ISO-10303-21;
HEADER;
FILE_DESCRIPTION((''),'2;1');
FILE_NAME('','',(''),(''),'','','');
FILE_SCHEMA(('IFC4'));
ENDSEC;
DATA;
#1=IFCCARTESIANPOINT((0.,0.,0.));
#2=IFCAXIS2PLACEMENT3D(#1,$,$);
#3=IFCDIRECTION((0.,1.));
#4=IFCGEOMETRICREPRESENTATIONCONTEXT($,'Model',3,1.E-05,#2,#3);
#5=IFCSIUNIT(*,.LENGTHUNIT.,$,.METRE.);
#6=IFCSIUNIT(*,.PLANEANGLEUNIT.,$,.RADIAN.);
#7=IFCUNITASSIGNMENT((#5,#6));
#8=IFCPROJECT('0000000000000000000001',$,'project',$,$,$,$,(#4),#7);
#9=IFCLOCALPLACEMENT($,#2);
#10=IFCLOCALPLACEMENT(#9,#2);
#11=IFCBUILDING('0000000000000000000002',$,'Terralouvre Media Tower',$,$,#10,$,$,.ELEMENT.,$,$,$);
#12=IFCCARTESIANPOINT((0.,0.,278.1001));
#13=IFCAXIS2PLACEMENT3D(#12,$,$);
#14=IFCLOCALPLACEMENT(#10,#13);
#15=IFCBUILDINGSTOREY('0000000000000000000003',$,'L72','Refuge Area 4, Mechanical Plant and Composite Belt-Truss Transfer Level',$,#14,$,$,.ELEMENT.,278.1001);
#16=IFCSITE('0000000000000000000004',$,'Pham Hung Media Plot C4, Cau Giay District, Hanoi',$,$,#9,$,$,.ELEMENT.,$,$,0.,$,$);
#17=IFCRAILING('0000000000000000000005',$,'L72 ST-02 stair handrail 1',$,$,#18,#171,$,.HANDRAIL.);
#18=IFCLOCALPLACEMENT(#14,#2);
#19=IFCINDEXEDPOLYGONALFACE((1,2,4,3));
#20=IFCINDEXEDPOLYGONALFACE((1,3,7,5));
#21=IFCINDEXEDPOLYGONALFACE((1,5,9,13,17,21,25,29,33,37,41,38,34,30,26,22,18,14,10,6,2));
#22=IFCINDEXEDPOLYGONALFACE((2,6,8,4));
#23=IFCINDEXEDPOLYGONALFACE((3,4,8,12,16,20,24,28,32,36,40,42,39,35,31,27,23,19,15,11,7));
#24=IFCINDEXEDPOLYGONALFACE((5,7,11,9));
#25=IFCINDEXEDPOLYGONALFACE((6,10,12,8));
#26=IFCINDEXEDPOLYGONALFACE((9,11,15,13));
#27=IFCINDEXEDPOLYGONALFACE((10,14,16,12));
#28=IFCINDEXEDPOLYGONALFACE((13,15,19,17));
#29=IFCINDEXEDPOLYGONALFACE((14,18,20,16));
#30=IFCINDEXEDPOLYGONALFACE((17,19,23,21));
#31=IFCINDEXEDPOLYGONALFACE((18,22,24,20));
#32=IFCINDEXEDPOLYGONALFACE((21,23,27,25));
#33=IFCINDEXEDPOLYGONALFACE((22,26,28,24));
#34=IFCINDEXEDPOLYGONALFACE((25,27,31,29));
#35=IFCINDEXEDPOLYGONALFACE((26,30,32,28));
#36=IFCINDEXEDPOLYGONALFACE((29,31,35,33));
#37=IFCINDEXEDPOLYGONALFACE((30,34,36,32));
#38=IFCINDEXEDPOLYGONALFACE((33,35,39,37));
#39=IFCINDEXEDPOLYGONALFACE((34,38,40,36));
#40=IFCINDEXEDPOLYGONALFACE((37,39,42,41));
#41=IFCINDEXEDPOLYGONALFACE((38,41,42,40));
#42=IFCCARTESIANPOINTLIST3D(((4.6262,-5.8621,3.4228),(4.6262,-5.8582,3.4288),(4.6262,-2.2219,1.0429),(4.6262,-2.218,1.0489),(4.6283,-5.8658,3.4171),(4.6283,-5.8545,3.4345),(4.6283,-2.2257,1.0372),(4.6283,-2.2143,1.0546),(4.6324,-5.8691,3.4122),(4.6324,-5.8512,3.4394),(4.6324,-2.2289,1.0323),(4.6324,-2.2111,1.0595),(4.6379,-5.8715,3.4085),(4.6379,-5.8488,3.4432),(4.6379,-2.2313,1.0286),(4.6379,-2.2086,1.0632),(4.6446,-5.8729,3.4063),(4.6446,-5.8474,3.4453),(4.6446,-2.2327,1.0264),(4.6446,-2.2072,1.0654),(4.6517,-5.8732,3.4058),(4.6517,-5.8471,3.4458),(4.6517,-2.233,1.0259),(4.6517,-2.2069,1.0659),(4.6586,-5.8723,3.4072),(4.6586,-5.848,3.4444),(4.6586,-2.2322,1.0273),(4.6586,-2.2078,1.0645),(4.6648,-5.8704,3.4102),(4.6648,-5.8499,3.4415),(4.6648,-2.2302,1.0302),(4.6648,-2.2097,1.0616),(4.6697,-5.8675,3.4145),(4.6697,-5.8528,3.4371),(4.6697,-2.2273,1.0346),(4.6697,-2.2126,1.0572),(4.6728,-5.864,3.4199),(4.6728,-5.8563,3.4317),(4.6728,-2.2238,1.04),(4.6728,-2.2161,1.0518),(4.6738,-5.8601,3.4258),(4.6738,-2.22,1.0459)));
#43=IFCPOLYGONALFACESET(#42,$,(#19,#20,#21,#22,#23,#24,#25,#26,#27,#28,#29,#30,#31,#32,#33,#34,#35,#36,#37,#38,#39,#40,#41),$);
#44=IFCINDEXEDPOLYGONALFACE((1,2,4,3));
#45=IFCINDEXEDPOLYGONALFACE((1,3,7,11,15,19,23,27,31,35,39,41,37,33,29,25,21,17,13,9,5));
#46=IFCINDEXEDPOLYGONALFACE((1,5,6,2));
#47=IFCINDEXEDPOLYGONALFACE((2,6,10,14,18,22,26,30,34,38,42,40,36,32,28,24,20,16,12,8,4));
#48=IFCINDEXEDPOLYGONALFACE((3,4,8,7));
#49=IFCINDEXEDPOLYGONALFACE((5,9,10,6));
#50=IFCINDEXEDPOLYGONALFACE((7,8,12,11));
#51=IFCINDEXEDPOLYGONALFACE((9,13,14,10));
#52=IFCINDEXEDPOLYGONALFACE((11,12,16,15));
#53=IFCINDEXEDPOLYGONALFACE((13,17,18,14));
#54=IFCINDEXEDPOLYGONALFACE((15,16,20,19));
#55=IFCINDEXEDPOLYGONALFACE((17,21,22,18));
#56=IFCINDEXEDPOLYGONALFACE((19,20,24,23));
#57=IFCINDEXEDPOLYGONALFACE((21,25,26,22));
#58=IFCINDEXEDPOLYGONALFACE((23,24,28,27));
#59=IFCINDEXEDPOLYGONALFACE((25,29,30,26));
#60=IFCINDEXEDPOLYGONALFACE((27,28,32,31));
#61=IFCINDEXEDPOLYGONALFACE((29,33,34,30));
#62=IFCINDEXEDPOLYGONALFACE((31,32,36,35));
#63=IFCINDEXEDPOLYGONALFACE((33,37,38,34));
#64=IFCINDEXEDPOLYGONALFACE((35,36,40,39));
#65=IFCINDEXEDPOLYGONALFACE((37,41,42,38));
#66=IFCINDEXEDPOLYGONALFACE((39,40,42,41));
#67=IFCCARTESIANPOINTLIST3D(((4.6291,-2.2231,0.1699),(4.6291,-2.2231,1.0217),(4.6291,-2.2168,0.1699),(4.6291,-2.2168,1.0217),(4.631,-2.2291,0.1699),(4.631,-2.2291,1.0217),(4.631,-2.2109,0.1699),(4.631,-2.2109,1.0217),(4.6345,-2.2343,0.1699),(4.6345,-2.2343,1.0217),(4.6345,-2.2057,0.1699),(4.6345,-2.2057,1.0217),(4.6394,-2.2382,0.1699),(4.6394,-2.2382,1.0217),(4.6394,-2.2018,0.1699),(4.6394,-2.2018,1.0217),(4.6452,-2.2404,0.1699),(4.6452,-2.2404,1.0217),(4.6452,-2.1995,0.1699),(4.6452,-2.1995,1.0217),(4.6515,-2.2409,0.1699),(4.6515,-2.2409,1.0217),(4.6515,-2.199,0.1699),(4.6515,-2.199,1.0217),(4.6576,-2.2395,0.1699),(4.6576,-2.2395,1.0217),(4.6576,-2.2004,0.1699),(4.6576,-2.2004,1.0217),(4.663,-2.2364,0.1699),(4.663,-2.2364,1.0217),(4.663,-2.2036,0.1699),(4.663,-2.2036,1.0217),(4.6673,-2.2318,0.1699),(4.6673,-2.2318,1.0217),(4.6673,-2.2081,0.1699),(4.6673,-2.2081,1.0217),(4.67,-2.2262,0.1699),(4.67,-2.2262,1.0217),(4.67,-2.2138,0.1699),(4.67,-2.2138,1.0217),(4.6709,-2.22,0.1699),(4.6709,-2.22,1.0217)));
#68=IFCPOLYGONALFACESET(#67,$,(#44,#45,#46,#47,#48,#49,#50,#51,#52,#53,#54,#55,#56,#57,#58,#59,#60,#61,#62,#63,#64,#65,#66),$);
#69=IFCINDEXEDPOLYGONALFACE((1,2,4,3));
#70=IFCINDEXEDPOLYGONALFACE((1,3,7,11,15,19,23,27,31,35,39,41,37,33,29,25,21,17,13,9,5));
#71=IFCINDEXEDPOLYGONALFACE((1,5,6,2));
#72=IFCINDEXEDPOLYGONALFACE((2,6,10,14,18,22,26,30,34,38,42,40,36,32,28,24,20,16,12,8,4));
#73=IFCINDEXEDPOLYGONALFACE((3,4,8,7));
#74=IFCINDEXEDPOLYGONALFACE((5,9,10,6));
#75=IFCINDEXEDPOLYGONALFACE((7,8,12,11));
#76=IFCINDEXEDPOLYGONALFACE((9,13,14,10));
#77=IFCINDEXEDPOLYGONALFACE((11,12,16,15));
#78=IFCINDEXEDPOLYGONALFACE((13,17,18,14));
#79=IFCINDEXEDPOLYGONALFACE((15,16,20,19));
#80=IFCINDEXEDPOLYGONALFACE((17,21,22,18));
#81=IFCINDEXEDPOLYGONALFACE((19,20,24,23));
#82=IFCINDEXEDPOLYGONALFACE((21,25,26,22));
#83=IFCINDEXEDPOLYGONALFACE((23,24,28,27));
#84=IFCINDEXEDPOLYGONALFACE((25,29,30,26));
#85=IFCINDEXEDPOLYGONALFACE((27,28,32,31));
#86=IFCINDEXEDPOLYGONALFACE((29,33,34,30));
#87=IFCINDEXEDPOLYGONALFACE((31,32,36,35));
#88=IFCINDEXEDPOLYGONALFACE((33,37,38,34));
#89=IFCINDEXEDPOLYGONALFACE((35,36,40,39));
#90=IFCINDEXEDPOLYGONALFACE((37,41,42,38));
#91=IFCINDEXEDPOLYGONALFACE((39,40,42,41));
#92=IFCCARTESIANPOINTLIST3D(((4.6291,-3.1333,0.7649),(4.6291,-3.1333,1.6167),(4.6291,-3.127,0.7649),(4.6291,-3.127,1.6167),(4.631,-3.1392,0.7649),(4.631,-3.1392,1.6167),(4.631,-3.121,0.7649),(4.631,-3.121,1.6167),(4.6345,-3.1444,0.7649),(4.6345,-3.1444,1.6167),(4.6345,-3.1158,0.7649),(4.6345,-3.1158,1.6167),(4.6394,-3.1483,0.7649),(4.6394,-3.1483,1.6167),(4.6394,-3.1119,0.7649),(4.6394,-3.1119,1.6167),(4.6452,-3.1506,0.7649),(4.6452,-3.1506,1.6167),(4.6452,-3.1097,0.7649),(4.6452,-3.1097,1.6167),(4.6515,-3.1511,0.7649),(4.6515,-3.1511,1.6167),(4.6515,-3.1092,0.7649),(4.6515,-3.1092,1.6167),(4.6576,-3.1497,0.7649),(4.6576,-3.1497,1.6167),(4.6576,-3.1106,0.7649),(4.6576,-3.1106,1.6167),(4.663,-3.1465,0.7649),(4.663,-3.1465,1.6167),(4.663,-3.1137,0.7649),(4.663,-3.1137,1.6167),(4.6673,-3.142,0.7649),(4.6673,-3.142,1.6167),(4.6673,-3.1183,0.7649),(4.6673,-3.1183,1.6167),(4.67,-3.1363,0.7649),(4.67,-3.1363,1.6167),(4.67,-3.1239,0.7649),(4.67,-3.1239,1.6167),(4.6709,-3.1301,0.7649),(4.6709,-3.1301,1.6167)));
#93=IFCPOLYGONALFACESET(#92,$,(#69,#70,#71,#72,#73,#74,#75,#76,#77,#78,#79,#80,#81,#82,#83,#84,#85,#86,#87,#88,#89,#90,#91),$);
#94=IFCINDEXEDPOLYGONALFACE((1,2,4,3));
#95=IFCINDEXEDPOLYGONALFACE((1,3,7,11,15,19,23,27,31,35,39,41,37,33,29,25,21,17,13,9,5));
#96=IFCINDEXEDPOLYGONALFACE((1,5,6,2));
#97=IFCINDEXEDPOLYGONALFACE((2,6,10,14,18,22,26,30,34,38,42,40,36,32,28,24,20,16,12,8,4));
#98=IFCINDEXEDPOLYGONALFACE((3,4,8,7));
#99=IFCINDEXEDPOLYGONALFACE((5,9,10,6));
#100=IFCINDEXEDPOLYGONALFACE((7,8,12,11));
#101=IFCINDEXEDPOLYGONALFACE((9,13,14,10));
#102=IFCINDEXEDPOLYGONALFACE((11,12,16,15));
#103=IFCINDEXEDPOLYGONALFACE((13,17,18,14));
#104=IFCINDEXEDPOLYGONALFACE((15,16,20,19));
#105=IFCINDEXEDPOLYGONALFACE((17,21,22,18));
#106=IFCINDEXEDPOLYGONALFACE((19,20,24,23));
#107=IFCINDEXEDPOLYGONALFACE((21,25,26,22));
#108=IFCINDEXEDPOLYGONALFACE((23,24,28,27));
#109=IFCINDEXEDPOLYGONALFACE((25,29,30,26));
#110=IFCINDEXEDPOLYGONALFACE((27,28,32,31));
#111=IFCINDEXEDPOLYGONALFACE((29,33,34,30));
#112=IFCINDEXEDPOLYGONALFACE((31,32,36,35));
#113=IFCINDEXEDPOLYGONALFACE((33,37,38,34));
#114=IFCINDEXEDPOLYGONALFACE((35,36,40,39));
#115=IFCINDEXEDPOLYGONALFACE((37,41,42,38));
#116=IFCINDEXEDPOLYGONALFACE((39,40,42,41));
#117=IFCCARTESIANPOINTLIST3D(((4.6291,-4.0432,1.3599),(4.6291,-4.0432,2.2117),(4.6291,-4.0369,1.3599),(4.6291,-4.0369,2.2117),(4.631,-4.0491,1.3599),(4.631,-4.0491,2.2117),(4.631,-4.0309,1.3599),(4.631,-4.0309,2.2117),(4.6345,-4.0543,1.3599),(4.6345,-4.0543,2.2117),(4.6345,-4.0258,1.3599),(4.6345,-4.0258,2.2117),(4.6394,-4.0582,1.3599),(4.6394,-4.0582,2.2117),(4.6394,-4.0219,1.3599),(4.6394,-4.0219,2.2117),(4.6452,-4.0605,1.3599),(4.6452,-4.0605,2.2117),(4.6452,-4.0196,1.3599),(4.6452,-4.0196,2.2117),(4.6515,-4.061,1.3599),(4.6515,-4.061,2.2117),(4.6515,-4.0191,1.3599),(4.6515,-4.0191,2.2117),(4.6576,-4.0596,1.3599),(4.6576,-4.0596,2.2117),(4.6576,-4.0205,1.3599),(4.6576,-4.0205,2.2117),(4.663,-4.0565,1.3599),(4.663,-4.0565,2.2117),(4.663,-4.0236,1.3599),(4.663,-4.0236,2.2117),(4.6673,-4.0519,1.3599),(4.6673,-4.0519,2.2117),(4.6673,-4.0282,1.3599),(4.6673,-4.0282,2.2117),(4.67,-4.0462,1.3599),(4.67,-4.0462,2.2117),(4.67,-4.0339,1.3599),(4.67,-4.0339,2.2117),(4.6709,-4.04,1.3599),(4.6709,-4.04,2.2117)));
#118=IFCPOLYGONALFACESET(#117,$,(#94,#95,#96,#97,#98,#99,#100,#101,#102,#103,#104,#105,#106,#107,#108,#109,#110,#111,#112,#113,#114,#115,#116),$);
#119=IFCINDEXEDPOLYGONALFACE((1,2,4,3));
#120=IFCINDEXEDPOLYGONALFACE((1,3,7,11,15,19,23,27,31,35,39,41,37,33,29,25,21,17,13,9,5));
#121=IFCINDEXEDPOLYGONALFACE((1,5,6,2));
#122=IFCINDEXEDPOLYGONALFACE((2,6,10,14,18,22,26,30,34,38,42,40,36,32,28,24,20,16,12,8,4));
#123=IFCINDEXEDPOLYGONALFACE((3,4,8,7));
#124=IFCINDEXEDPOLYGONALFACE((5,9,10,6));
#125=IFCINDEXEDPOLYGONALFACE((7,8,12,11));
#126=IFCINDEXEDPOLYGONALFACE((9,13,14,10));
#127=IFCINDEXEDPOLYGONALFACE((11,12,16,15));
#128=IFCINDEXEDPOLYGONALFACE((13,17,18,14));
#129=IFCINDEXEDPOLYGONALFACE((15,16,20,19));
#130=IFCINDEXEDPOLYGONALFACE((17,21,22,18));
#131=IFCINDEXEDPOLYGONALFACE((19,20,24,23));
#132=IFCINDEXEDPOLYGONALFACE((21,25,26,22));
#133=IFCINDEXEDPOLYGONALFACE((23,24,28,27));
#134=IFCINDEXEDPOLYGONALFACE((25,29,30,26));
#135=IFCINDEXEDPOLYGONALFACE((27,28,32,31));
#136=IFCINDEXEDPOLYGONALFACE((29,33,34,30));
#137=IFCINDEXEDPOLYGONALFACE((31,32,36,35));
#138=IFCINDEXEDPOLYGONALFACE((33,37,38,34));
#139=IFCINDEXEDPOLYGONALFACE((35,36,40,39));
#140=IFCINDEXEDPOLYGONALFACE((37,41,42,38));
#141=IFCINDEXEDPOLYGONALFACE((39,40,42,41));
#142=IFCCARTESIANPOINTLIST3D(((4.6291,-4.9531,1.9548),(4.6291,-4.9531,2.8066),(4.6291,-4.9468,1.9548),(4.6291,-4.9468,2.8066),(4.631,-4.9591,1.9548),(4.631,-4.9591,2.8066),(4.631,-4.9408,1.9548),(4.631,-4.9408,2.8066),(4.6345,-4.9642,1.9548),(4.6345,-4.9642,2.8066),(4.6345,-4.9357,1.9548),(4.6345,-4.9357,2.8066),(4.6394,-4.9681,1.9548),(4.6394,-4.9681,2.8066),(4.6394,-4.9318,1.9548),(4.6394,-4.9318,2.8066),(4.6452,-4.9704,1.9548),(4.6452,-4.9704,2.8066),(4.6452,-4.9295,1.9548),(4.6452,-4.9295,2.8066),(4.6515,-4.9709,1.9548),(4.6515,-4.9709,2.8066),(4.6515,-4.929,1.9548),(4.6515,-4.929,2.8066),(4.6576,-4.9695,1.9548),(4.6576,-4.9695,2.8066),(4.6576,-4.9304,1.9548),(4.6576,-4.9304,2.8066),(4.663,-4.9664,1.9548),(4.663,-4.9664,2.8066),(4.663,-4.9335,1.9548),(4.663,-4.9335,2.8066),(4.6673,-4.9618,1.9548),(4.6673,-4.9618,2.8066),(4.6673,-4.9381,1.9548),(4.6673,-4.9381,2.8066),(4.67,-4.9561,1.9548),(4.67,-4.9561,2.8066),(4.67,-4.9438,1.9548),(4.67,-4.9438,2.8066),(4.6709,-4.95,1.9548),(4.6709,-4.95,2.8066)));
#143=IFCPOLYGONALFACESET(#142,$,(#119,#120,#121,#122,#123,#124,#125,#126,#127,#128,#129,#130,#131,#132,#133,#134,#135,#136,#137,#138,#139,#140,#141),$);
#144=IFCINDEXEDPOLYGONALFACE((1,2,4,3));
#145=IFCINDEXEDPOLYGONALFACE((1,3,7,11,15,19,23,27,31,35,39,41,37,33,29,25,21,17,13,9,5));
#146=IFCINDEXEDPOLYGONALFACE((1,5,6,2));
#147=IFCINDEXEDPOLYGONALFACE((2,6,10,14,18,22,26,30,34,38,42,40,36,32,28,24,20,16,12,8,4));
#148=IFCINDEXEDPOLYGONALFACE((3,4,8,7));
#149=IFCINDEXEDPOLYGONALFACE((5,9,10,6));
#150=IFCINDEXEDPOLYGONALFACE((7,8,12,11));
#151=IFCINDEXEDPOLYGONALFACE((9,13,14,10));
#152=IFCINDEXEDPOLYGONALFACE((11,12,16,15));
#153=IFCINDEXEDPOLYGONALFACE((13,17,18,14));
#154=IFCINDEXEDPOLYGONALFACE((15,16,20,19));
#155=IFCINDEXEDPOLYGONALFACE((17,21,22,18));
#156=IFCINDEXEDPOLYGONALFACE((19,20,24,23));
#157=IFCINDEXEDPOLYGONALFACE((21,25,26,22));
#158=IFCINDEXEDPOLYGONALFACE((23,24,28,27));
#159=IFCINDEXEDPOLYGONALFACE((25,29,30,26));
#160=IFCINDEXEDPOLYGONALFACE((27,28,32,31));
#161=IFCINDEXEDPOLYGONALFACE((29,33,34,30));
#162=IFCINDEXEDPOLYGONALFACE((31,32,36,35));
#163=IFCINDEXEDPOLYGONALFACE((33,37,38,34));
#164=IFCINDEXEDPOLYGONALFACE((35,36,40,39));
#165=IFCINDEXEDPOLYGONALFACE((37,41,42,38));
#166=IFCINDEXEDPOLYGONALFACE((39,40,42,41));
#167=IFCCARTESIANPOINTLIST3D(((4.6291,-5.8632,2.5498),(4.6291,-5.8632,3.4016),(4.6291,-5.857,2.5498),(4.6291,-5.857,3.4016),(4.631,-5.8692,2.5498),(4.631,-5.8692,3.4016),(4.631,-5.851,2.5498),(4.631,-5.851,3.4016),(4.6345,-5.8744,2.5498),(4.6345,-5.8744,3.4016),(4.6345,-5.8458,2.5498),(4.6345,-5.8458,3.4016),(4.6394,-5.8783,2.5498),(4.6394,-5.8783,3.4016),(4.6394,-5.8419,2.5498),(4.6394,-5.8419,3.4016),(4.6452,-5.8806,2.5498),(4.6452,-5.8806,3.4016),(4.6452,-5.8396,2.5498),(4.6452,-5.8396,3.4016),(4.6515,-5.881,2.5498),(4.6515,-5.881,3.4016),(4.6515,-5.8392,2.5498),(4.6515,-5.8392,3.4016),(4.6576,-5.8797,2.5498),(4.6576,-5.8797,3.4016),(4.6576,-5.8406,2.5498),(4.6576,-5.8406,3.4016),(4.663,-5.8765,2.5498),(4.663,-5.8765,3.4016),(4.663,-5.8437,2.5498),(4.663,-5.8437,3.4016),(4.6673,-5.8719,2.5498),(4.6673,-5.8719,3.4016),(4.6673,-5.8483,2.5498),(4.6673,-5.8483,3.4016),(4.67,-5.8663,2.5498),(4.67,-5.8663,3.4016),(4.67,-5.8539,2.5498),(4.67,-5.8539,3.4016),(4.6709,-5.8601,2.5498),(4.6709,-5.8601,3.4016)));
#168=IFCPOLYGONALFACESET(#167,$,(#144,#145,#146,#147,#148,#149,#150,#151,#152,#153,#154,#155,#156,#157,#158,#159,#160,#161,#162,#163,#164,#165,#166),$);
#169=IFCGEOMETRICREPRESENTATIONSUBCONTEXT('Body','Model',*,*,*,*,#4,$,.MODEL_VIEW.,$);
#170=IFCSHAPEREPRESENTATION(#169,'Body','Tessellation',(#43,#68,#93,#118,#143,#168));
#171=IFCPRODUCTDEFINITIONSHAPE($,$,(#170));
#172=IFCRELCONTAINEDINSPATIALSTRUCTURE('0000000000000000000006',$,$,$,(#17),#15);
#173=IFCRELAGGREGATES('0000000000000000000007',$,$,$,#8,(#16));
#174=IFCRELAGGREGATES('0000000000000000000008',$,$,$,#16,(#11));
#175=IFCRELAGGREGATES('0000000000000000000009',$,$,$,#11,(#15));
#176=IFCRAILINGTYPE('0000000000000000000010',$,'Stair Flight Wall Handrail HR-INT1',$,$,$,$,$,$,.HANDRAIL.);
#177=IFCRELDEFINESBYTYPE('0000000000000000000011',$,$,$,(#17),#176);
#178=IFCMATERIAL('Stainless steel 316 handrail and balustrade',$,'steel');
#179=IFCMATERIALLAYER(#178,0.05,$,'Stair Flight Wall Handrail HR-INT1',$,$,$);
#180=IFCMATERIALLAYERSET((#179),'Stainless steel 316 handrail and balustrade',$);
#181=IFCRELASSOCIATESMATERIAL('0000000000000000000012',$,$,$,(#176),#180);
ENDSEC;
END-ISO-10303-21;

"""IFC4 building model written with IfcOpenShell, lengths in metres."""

from ifc_helpers import new_model, si_unit, direction, frame, origin, origin_2d, place, context, subcontext, project, spatial, circle, extrude, material, layer, layer_set, type_object, element, save


model = new_model("IFC4")

# Units and contexts
model_context = context("Model", 3, precision=1e-05, world=origin(), true_north=direction((0.0, 1.0)))
body_context = subcontext(model_context, "Body", "Model", "MODEL_VIEW")
ifc_project = project(units=[si_unit("LENGTHUNIT", "METRE"), si_unit("PLANEANGLEUNIT", "RADIAN")], contexts=[model_context])

# Site, building, storey
site_placement = place(None, origin())
site = spatial("IfcSite", under=ifc_project, at=site_placement, Name="Pham Hung Media Plot C4, Cau Giay District, Hanoi", CompositionType="ELEMENT", RefElevation=0.0)
building_placement = place(site_placement, origin())
building = spatial("IfcBuilding", under=site, at=building_placement, Name="Terralouvre Media Tower", CompositionType="ELEMENT")
storey_placement = place(building_placement, frame((0.0, 0.0, 278.1001)))
storey = spatial("IfcBuildingStorey", under=building, at=storey_placement, Name="L72", Description="Refuge Area 4, Mechanical Plant and Composite Belt-Truss Transfer Level", CompositionType="ELEMENT", Elevation=278.1001)

# Railing
ifc_material_1 = material(Name="Stainless steel 316 handrail and balustrade", Category="steel")
ifc_layer_1 = layer(ifc_material_1, 0.05, Name="Stair Flight Wall Handrail HR-INT1")
ifc_layer_set_1 = layer_set([ifc_layer_1], Name="Stainless steel 316 handrail and balustrade")
railing_type_1 = type_object("IfcRailingType", Name="Stair Flight Wall Handrail HR-INT1", PredefinedType="HANDRAIL", material=ifc_layer_set_1)
railing_1_placement = place(storey_placement, frame((4.6499, -2.22, 0.1699)))
element("IfcRailing", 1, at=railing_1_placement, inside=storey, type_object=railing_type_1, Name="L72 ST-02 stair handrail 1", PredefinedType="HANDRAIL", context=body_context, shape_type="SweptSolid", body=[
    extrude(circle(Radius=0.0239, at=origin_2d()), frame((0.0, 0.0, 0.876), z_axis=(0.0, -0.836991, 0.547216), x_axis=(1.0, 0.0, 0.0)), (0.0, 0.0, 1.0), 4.3491),
    extrude(circle(Radius=0.021, at=origin_2d()), origin(), (0.0, 0.0, 1.0), 0.8518),
    extrude(circle(Radius=0.021, at=origin_2d()), frame((0.0, -0.9102, 0.595)), (0.0, 0.0, 1.0), 0.8518),
    extrude(circle(Radius=0.021, at=origin_2d()), frame((0.0, -1.8201, 1.1899)), (0.0, 0.0, 1.0), 0.8518),
    extrude(circle(Radius=0.021, at=origin_2d()), frame((0.0, -2.73, 1.7849)), (0.0, 0.0, 1.0), 0.8518),
    extrude(circle(Radius=0.021, at=origin_2d()), frame((0.0, -3.6401, 2.3799)), (0.0, 0.0, 1.0), 0.8518),
])

save(model, "model.ifc")
